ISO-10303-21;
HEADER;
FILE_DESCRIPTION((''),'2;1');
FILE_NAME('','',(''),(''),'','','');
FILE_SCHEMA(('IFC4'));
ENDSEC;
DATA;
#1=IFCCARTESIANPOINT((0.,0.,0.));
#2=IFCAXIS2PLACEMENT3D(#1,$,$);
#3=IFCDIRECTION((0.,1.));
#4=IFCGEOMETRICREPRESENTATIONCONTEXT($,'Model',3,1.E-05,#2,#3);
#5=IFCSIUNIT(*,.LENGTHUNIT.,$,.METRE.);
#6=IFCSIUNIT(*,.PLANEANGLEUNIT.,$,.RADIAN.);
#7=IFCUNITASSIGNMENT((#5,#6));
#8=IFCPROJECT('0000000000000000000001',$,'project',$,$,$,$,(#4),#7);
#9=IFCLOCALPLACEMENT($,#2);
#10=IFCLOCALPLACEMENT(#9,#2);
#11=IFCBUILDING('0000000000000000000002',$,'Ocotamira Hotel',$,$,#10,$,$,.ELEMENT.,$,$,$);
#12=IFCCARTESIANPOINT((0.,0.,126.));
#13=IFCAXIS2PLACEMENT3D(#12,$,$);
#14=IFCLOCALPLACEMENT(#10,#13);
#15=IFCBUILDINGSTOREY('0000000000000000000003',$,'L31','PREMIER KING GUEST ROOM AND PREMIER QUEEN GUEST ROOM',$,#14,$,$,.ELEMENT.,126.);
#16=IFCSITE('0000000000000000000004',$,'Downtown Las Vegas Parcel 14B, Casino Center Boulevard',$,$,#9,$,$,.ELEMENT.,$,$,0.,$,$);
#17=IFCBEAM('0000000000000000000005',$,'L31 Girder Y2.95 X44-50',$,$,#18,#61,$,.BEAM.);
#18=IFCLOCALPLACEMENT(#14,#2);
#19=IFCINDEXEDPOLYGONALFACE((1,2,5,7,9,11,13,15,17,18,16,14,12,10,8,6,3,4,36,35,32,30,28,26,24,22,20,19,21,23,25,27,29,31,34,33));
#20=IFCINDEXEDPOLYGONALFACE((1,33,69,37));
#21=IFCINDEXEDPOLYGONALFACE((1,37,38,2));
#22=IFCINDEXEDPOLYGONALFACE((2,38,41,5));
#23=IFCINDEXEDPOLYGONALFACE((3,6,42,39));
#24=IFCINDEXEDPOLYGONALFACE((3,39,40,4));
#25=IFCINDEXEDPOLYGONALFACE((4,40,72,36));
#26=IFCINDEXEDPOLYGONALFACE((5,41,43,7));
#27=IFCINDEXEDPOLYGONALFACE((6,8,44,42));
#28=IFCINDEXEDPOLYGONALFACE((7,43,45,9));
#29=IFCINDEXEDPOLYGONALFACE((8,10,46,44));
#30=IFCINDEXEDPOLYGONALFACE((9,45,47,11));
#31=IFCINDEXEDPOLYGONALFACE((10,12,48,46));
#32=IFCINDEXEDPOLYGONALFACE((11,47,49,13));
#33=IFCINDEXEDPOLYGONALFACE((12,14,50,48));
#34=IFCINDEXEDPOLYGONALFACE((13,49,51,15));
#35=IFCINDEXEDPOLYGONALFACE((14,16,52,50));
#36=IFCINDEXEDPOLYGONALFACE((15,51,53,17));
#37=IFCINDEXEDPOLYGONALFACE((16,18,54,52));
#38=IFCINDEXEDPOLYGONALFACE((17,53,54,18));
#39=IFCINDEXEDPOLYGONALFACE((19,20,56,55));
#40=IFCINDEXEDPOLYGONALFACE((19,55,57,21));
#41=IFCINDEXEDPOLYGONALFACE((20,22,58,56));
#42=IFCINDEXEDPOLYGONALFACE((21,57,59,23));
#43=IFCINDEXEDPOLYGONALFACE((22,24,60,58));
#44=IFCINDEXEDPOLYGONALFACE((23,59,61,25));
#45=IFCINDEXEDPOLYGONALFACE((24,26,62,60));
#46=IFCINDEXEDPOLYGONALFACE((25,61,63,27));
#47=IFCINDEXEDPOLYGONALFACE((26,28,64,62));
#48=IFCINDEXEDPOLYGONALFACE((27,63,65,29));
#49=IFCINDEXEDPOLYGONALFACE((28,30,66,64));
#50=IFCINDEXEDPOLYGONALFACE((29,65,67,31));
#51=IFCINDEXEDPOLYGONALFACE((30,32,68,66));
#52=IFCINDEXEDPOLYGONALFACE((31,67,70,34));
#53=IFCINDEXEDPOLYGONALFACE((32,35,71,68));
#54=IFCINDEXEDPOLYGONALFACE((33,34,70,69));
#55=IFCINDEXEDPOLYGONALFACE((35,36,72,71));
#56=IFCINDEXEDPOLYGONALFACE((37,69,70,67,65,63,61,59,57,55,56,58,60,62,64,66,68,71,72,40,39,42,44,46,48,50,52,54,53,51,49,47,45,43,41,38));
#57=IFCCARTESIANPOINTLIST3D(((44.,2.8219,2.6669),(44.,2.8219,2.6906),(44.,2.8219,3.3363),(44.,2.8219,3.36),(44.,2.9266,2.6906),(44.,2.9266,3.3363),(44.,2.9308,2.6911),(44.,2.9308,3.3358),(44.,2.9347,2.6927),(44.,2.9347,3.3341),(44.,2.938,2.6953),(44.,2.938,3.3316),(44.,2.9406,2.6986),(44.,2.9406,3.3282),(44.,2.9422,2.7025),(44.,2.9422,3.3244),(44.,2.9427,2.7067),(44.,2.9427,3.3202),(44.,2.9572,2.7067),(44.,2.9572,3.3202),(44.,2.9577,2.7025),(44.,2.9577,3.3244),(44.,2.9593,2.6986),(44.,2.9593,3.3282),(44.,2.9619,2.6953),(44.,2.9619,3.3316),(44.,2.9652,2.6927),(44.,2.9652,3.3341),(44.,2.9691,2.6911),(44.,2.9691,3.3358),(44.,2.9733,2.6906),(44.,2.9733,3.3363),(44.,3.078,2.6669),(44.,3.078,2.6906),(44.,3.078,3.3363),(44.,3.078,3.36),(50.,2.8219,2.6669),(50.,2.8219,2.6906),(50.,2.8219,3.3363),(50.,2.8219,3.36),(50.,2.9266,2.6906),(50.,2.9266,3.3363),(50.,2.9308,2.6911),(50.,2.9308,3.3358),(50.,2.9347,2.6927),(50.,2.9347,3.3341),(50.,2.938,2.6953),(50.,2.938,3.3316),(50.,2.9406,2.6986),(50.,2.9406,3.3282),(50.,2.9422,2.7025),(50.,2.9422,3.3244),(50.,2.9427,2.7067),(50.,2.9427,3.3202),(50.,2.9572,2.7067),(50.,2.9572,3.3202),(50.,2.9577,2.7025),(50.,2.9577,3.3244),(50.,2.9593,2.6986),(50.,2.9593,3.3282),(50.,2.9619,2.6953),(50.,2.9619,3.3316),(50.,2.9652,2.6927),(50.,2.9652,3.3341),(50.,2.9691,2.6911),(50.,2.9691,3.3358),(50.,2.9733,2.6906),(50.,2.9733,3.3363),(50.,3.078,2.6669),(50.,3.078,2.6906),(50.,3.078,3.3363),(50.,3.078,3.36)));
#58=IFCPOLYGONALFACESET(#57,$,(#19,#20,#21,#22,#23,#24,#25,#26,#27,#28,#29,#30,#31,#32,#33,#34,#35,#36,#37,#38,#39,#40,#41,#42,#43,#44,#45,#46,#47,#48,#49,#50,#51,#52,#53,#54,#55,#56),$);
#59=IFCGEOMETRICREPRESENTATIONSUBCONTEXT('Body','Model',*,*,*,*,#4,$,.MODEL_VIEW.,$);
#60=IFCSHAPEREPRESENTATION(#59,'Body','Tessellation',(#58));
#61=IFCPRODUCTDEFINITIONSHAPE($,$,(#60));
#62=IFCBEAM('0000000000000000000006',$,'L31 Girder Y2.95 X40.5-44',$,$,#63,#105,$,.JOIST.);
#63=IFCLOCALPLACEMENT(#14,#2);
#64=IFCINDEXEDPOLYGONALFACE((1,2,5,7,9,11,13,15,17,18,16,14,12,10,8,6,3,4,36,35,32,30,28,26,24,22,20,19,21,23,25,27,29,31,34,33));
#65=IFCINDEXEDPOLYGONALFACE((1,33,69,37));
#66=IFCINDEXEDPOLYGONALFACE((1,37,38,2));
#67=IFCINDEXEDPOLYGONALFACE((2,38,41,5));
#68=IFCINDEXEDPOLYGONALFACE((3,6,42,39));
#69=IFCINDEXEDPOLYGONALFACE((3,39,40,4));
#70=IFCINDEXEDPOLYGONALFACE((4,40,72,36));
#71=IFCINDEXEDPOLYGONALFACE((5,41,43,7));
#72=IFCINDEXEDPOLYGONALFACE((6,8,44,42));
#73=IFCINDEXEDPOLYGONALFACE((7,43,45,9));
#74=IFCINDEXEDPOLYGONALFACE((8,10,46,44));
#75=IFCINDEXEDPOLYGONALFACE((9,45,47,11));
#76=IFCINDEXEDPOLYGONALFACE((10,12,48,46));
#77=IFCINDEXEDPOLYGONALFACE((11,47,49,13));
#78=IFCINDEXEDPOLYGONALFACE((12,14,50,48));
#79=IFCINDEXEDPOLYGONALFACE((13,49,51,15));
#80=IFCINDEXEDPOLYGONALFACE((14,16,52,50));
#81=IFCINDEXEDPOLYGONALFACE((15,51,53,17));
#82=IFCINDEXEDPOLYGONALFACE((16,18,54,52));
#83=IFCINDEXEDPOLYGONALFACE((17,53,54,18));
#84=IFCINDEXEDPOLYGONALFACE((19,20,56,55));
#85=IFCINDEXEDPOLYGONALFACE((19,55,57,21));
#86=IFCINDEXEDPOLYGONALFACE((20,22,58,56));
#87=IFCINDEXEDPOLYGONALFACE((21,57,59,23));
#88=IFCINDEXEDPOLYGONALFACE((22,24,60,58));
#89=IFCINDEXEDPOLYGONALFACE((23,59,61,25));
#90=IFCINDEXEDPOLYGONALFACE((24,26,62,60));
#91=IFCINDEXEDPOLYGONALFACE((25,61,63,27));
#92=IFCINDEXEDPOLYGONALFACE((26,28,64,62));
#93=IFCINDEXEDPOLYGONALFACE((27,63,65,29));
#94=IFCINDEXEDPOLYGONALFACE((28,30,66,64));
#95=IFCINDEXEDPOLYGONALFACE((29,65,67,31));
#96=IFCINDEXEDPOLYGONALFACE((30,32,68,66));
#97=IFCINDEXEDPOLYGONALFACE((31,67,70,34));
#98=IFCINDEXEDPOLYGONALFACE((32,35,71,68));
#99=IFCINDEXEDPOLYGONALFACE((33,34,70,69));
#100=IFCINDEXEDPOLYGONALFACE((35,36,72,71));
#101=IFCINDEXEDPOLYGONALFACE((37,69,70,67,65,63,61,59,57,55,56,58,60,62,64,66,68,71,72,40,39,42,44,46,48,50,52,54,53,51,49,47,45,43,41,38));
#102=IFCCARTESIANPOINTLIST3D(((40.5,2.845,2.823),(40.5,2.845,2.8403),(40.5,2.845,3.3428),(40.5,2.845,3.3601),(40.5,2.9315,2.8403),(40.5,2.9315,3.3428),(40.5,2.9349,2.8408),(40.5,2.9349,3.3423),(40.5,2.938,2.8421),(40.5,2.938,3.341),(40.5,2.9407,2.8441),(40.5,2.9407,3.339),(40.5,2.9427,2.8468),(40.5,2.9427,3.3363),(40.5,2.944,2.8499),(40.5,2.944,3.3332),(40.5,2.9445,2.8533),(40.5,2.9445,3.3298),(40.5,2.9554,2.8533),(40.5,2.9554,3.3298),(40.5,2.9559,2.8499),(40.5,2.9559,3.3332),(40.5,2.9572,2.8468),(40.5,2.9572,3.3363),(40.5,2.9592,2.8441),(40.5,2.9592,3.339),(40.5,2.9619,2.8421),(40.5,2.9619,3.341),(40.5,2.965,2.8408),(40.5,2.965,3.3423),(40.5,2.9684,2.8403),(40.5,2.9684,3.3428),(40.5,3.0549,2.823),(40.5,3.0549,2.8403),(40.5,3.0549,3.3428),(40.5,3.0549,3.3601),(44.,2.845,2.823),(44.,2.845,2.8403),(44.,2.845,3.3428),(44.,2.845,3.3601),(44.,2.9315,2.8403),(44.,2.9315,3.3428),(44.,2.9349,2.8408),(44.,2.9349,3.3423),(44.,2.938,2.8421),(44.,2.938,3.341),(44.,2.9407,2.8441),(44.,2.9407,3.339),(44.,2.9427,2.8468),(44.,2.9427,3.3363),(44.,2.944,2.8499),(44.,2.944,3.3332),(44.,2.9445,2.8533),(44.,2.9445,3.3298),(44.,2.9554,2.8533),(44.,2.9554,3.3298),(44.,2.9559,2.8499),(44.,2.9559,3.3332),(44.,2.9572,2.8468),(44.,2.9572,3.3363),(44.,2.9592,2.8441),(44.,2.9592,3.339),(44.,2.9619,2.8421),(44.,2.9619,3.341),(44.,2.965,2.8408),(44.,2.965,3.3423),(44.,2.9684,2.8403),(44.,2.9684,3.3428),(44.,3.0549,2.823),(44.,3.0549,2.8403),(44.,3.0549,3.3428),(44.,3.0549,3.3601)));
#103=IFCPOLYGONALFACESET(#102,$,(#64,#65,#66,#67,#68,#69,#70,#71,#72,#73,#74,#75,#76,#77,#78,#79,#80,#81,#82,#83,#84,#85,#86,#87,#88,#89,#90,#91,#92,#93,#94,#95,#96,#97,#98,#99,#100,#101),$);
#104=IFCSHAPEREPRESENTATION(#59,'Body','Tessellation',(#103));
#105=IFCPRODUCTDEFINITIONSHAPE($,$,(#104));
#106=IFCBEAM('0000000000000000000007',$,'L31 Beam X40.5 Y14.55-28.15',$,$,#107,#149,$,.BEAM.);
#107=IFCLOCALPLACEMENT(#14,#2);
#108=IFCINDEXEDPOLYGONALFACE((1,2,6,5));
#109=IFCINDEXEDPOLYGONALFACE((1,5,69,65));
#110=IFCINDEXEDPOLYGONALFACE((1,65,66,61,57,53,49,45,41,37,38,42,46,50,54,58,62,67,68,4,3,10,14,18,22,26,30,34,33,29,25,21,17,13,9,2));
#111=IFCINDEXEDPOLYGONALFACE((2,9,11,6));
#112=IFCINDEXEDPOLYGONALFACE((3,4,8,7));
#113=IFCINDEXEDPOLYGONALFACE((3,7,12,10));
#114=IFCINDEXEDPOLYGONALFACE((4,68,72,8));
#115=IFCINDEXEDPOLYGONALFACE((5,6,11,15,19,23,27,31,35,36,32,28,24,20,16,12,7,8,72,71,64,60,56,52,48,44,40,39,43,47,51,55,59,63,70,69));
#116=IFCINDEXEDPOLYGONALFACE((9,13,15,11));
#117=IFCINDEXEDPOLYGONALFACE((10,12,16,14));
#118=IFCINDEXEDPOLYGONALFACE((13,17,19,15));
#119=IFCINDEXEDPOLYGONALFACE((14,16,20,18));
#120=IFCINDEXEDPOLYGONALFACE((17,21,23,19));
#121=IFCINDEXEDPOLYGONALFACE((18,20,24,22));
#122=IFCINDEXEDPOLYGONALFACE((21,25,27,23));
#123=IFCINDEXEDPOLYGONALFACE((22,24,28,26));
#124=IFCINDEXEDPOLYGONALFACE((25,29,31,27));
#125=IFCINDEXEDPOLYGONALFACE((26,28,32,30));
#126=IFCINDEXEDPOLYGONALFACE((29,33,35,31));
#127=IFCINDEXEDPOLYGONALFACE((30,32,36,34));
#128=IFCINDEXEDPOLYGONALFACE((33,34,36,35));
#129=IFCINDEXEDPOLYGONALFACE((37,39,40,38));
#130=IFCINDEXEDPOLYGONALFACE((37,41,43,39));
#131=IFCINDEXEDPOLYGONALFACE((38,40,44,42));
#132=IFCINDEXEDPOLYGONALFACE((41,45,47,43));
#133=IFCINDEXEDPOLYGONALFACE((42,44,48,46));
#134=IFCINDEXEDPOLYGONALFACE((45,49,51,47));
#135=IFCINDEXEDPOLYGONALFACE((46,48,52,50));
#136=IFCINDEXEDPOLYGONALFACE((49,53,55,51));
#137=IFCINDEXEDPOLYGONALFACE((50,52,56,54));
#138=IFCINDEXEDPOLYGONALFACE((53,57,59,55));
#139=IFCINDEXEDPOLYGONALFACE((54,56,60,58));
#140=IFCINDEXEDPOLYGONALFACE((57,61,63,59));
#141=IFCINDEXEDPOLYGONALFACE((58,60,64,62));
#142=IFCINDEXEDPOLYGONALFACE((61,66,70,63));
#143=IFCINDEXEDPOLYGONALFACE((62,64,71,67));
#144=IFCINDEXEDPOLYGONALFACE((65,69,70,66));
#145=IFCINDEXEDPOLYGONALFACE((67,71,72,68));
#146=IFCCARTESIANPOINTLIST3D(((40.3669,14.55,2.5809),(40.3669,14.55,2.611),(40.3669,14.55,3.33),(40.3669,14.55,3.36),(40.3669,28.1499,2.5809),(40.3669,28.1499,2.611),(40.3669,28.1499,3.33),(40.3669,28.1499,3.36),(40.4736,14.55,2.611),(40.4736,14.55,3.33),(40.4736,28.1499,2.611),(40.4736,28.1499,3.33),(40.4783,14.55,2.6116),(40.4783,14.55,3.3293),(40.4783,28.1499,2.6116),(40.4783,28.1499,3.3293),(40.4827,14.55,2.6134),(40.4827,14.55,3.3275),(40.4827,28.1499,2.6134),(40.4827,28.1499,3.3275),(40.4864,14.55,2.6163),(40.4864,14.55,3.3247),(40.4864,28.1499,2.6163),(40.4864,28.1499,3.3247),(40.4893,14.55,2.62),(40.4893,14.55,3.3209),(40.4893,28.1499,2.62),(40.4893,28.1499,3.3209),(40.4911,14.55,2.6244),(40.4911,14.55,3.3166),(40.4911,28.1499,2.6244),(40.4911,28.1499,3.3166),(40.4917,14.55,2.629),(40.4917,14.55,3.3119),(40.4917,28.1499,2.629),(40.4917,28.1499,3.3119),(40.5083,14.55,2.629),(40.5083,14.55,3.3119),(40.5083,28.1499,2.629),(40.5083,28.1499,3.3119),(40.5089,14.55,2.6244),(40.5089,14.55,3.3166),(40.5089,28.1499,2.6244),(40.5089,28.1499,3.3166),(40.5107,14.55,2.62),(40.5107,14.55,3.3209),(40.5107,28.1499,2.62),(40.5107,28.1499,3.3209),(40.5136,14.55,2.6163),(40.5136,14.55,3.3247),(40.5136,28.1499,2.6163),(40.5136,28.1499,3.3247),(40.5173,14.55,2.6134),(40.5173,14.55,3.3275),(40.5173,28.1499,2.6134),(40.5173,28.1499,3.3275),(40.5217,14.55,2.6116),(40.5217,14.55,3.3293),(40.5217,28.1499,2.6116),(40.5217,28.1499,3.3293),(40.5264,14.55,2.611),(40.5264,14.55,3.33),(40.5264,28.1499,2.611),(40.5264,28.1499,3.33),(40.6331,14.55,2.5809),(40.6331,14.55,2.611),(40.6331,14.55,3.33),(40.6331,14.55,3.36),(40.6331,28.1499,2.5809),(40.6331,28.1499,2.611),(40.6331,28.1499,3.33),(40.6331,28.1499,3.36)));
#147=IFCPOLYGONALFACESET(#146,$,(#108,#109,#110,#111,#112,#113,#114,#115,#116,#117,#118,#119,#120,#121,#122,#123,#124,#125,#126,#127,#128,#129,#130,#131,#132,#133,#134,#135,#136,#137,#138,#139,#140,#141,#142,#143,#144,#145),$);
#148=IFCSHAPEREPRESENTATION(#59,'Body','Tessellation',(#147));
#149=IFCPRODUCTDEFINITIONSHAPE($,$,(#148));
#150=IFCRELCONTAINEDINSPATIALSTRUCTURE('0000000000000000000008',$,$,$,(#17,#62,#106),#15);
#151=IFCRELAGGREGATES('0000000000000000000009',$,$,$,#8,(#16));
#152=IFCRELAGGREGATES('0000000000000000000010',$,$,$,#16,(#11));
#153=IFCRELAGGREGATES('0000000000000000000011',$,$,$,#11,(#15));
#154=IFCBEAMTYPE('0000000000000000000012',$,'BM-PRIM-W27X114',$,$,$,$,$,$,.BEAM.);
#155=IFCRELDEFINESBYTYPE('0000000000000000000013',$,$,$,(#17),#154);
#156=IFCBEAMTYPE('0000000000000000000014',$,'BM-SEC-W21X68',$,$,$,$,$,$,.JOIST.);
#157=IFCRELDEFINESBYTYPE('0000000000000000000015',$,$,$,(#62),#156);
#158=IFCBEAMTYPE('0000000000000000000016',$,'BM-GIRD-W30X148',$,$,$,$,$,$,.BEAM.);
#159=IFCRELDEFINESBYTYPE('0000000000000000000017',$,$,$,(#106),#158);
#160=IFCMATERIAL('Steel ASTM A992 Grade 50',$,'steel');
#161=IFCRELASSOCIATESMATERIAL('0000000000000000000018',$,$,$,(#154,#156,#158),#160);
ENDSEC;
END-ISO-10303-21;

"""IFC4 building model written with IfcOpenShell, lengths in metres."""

from ifc_helpers import new_model, si_unit, direction, frame, origin, origin_2d, place, context, subcontext, project, spatial, i_section, extrude, source, transform, mapped, material, material_profile, profile_set, type_object, element, save


model = new_model("IFC4")

# Units and contexts
model_context = context("Model", 3, precision=1e-05, world=origin(), true_north=direction((0.0, 1.0)))
body_context = subcontext(model_context, "Body", "Model", "MODEL_VIEW")
ifc_project = project(units=[si_unit("LENGTHUNIT", "METRE"), si_unit("PLANEANGLEUNIT", "RADIAN")], contexts=[model_context])

# Site, building, storey
site_placement = place(None, origin())
site = spatial("IfcSite", under=ifc_project, at=site_placement, Name="Downtown Las Vegas Parcel 14B, Casino Center Boulevard", CompositionType="ELEMENT", RefElevation=0.0)
building_placement = place(site_placement, origin())
building = spatial("IfcBuilding", under=site, at=building_placement, Name="Ocotamira Hotel", CompositionType="ELEMENT")
storey_placement = place(building_placement, frame((0.0, 0.0, 126.0)))
storey = spatial("IfcBuildingStorey", under=building, at=storey_placement, Name="L31", Description="PREMIER KING GUEST ROOM AND PREMIER QUEEN GUEST ROOM", CompositionType="ELEMENT", Elevation=126.0)

# Beams
ifc_material_1 = material(Name="Steel ASTM A992 Grade 50", Category="steel")
ifc_material_profile_1 = material_profile(ifc_material_1, i_section(OverallWidth=0.2561, OverallDepth=0.6931, WebThickness=0.0144, FlangeThickness=0.0237, FilletRadius=0.0161, at=origin_2d()), Name="W27X114")
ifc_profile_set_1 = profile_set([ifc_material_profile_1], Name="Steel ASTM A992 Grade 50")
beam_type_1 = type_object("IfcBeamType", Name="BM-PRIM-W27X114", PredefinedType="BEAM", material=ifc_profile_set_1)
shared_shape_1 = source(origin(), body_context, "Body", "SweptSolid", [
    extrude(i_section(OverallWidth=0.2561, OverallDepth=0.6931, WebThickness=0.0144, FlangeThickness=0.0237, FilletRadius=0.0161, at=origin_2d()), origin(), (0.0, 0.0, 1.0), 6.0),
])
beam_1_placement = place(storey_placement, frame((44.0, 2.95, 3.0134), z_axis=(1.0, 0.0, 0.0), x_axis=(0.0, 1.0, 0.0)))
element("IfcBeam", 1, at=beam_1_placement, inside=storey, type_object=beam_type_1, Name="L31 Girder Y2.95 X44-50", PredefinedType="BEAM", context=body_context, shape_type="MappedRepresentation", body=[
    mapped(shared_shape_1, transform((0.0, 0.0, 0.0), scale=1.0)),
])
ifc_material_profile_2 = material_profile(ifc_material_1, i_section(OverallWidth=0.21, OverallDepth=0.5371, WebThickness=0.011, FlangeThickness=0.0173, FilletRadius=0.0129, at=origin_2d()), Name="W21X68")
ifc_profile_set_2 = profile_set([ifc_material_profile_2], Name="Steel ASTM A992 Grade 50")
beam_type_2 = type_object("IfcBeamType", Name="BM-SEC-W21X68", PredefinedType="JOIST", material=ifc_profile_set_2)
shared_shape_2 = source(origin(), body_context, "Body", "SweptSolid", [
    extrude(i_section(OverallWidth=0.21, OverallDepth=0.5371, WebThickness=0.011, FlangeThickness=0.0173, FilletRadius=0.0129, at=origin_2d()), origin(), (0.0, 0.0, 1.0), 3.5),
])
beam_2_placement = place(storey_placement, frame((40.5, 2.95, 3.0916), z_axis=(1.0, 0.0, 0.0), x_axis=(0.0, 1.0, 0.0)))
element("IfcBeam", 2, at=beam_2_placement, inside=storey, type_object=beam_type_2, Name="L31 Girder Y2.95 X40.5-44", PredefinedType="JOIST", context=body_context, shape_type="MappedRepresentation", body=[
    mapped(shared_shape_2, transform((0.0, 0.0, 0.0), scale=1.0)),
])
ifc_material_profile_3 = material_profile(ifc_material_1, i_section(OverallWidth=0.2661, OverallDepth=0.7791, WebThickness=0.0166, FlangeThickness=0.03, FilletRadius=0.0181, at=origin_2d()), Name="W30X148")
ifc_profile_set_3 = profile_set([ifc_material_profile_3], Name="Steel ASTM A992 Grade 50")
beam_type_3 = type_object("IfcBeamType", Name="BM-GIRD-W30X148", PredefinedType="BEAM", material=ifc_profile_set_3)
shared_shape_3 = source(origin(), body_context, "Body", "SweptSolid", [
    extrude(i_section(OverallWidth=0.2661, OverallDepth=0.7791, WebThickness=0.0166, FlangeThickness=0.03, FilletRadius=0.0181, at=origin_2d()), origin(), (0.0, 0.0, 1.0), 13.5999),
])
beam_3_placement = place(storey_placement, frame((40.5, 14.55, 2.9705), z_axis=(0.0, 1.0, 0.0), x_axis=(-1.0, 0.0, 0.0)))
element("IfcBeam", 3, at=beam_3_placement, inside=storey, type_object=beam_type_3, Name="L31 Beam X40.5 Y14.55-28.15", PredefinedType="BEAM", context=body_context, shape_type="MappedRepresentation", body=[
    mapped(shared_shape_3, transform((0.0, 0.0, 0.0), scale=1.0)),
])

save(model, "model.ifc")
